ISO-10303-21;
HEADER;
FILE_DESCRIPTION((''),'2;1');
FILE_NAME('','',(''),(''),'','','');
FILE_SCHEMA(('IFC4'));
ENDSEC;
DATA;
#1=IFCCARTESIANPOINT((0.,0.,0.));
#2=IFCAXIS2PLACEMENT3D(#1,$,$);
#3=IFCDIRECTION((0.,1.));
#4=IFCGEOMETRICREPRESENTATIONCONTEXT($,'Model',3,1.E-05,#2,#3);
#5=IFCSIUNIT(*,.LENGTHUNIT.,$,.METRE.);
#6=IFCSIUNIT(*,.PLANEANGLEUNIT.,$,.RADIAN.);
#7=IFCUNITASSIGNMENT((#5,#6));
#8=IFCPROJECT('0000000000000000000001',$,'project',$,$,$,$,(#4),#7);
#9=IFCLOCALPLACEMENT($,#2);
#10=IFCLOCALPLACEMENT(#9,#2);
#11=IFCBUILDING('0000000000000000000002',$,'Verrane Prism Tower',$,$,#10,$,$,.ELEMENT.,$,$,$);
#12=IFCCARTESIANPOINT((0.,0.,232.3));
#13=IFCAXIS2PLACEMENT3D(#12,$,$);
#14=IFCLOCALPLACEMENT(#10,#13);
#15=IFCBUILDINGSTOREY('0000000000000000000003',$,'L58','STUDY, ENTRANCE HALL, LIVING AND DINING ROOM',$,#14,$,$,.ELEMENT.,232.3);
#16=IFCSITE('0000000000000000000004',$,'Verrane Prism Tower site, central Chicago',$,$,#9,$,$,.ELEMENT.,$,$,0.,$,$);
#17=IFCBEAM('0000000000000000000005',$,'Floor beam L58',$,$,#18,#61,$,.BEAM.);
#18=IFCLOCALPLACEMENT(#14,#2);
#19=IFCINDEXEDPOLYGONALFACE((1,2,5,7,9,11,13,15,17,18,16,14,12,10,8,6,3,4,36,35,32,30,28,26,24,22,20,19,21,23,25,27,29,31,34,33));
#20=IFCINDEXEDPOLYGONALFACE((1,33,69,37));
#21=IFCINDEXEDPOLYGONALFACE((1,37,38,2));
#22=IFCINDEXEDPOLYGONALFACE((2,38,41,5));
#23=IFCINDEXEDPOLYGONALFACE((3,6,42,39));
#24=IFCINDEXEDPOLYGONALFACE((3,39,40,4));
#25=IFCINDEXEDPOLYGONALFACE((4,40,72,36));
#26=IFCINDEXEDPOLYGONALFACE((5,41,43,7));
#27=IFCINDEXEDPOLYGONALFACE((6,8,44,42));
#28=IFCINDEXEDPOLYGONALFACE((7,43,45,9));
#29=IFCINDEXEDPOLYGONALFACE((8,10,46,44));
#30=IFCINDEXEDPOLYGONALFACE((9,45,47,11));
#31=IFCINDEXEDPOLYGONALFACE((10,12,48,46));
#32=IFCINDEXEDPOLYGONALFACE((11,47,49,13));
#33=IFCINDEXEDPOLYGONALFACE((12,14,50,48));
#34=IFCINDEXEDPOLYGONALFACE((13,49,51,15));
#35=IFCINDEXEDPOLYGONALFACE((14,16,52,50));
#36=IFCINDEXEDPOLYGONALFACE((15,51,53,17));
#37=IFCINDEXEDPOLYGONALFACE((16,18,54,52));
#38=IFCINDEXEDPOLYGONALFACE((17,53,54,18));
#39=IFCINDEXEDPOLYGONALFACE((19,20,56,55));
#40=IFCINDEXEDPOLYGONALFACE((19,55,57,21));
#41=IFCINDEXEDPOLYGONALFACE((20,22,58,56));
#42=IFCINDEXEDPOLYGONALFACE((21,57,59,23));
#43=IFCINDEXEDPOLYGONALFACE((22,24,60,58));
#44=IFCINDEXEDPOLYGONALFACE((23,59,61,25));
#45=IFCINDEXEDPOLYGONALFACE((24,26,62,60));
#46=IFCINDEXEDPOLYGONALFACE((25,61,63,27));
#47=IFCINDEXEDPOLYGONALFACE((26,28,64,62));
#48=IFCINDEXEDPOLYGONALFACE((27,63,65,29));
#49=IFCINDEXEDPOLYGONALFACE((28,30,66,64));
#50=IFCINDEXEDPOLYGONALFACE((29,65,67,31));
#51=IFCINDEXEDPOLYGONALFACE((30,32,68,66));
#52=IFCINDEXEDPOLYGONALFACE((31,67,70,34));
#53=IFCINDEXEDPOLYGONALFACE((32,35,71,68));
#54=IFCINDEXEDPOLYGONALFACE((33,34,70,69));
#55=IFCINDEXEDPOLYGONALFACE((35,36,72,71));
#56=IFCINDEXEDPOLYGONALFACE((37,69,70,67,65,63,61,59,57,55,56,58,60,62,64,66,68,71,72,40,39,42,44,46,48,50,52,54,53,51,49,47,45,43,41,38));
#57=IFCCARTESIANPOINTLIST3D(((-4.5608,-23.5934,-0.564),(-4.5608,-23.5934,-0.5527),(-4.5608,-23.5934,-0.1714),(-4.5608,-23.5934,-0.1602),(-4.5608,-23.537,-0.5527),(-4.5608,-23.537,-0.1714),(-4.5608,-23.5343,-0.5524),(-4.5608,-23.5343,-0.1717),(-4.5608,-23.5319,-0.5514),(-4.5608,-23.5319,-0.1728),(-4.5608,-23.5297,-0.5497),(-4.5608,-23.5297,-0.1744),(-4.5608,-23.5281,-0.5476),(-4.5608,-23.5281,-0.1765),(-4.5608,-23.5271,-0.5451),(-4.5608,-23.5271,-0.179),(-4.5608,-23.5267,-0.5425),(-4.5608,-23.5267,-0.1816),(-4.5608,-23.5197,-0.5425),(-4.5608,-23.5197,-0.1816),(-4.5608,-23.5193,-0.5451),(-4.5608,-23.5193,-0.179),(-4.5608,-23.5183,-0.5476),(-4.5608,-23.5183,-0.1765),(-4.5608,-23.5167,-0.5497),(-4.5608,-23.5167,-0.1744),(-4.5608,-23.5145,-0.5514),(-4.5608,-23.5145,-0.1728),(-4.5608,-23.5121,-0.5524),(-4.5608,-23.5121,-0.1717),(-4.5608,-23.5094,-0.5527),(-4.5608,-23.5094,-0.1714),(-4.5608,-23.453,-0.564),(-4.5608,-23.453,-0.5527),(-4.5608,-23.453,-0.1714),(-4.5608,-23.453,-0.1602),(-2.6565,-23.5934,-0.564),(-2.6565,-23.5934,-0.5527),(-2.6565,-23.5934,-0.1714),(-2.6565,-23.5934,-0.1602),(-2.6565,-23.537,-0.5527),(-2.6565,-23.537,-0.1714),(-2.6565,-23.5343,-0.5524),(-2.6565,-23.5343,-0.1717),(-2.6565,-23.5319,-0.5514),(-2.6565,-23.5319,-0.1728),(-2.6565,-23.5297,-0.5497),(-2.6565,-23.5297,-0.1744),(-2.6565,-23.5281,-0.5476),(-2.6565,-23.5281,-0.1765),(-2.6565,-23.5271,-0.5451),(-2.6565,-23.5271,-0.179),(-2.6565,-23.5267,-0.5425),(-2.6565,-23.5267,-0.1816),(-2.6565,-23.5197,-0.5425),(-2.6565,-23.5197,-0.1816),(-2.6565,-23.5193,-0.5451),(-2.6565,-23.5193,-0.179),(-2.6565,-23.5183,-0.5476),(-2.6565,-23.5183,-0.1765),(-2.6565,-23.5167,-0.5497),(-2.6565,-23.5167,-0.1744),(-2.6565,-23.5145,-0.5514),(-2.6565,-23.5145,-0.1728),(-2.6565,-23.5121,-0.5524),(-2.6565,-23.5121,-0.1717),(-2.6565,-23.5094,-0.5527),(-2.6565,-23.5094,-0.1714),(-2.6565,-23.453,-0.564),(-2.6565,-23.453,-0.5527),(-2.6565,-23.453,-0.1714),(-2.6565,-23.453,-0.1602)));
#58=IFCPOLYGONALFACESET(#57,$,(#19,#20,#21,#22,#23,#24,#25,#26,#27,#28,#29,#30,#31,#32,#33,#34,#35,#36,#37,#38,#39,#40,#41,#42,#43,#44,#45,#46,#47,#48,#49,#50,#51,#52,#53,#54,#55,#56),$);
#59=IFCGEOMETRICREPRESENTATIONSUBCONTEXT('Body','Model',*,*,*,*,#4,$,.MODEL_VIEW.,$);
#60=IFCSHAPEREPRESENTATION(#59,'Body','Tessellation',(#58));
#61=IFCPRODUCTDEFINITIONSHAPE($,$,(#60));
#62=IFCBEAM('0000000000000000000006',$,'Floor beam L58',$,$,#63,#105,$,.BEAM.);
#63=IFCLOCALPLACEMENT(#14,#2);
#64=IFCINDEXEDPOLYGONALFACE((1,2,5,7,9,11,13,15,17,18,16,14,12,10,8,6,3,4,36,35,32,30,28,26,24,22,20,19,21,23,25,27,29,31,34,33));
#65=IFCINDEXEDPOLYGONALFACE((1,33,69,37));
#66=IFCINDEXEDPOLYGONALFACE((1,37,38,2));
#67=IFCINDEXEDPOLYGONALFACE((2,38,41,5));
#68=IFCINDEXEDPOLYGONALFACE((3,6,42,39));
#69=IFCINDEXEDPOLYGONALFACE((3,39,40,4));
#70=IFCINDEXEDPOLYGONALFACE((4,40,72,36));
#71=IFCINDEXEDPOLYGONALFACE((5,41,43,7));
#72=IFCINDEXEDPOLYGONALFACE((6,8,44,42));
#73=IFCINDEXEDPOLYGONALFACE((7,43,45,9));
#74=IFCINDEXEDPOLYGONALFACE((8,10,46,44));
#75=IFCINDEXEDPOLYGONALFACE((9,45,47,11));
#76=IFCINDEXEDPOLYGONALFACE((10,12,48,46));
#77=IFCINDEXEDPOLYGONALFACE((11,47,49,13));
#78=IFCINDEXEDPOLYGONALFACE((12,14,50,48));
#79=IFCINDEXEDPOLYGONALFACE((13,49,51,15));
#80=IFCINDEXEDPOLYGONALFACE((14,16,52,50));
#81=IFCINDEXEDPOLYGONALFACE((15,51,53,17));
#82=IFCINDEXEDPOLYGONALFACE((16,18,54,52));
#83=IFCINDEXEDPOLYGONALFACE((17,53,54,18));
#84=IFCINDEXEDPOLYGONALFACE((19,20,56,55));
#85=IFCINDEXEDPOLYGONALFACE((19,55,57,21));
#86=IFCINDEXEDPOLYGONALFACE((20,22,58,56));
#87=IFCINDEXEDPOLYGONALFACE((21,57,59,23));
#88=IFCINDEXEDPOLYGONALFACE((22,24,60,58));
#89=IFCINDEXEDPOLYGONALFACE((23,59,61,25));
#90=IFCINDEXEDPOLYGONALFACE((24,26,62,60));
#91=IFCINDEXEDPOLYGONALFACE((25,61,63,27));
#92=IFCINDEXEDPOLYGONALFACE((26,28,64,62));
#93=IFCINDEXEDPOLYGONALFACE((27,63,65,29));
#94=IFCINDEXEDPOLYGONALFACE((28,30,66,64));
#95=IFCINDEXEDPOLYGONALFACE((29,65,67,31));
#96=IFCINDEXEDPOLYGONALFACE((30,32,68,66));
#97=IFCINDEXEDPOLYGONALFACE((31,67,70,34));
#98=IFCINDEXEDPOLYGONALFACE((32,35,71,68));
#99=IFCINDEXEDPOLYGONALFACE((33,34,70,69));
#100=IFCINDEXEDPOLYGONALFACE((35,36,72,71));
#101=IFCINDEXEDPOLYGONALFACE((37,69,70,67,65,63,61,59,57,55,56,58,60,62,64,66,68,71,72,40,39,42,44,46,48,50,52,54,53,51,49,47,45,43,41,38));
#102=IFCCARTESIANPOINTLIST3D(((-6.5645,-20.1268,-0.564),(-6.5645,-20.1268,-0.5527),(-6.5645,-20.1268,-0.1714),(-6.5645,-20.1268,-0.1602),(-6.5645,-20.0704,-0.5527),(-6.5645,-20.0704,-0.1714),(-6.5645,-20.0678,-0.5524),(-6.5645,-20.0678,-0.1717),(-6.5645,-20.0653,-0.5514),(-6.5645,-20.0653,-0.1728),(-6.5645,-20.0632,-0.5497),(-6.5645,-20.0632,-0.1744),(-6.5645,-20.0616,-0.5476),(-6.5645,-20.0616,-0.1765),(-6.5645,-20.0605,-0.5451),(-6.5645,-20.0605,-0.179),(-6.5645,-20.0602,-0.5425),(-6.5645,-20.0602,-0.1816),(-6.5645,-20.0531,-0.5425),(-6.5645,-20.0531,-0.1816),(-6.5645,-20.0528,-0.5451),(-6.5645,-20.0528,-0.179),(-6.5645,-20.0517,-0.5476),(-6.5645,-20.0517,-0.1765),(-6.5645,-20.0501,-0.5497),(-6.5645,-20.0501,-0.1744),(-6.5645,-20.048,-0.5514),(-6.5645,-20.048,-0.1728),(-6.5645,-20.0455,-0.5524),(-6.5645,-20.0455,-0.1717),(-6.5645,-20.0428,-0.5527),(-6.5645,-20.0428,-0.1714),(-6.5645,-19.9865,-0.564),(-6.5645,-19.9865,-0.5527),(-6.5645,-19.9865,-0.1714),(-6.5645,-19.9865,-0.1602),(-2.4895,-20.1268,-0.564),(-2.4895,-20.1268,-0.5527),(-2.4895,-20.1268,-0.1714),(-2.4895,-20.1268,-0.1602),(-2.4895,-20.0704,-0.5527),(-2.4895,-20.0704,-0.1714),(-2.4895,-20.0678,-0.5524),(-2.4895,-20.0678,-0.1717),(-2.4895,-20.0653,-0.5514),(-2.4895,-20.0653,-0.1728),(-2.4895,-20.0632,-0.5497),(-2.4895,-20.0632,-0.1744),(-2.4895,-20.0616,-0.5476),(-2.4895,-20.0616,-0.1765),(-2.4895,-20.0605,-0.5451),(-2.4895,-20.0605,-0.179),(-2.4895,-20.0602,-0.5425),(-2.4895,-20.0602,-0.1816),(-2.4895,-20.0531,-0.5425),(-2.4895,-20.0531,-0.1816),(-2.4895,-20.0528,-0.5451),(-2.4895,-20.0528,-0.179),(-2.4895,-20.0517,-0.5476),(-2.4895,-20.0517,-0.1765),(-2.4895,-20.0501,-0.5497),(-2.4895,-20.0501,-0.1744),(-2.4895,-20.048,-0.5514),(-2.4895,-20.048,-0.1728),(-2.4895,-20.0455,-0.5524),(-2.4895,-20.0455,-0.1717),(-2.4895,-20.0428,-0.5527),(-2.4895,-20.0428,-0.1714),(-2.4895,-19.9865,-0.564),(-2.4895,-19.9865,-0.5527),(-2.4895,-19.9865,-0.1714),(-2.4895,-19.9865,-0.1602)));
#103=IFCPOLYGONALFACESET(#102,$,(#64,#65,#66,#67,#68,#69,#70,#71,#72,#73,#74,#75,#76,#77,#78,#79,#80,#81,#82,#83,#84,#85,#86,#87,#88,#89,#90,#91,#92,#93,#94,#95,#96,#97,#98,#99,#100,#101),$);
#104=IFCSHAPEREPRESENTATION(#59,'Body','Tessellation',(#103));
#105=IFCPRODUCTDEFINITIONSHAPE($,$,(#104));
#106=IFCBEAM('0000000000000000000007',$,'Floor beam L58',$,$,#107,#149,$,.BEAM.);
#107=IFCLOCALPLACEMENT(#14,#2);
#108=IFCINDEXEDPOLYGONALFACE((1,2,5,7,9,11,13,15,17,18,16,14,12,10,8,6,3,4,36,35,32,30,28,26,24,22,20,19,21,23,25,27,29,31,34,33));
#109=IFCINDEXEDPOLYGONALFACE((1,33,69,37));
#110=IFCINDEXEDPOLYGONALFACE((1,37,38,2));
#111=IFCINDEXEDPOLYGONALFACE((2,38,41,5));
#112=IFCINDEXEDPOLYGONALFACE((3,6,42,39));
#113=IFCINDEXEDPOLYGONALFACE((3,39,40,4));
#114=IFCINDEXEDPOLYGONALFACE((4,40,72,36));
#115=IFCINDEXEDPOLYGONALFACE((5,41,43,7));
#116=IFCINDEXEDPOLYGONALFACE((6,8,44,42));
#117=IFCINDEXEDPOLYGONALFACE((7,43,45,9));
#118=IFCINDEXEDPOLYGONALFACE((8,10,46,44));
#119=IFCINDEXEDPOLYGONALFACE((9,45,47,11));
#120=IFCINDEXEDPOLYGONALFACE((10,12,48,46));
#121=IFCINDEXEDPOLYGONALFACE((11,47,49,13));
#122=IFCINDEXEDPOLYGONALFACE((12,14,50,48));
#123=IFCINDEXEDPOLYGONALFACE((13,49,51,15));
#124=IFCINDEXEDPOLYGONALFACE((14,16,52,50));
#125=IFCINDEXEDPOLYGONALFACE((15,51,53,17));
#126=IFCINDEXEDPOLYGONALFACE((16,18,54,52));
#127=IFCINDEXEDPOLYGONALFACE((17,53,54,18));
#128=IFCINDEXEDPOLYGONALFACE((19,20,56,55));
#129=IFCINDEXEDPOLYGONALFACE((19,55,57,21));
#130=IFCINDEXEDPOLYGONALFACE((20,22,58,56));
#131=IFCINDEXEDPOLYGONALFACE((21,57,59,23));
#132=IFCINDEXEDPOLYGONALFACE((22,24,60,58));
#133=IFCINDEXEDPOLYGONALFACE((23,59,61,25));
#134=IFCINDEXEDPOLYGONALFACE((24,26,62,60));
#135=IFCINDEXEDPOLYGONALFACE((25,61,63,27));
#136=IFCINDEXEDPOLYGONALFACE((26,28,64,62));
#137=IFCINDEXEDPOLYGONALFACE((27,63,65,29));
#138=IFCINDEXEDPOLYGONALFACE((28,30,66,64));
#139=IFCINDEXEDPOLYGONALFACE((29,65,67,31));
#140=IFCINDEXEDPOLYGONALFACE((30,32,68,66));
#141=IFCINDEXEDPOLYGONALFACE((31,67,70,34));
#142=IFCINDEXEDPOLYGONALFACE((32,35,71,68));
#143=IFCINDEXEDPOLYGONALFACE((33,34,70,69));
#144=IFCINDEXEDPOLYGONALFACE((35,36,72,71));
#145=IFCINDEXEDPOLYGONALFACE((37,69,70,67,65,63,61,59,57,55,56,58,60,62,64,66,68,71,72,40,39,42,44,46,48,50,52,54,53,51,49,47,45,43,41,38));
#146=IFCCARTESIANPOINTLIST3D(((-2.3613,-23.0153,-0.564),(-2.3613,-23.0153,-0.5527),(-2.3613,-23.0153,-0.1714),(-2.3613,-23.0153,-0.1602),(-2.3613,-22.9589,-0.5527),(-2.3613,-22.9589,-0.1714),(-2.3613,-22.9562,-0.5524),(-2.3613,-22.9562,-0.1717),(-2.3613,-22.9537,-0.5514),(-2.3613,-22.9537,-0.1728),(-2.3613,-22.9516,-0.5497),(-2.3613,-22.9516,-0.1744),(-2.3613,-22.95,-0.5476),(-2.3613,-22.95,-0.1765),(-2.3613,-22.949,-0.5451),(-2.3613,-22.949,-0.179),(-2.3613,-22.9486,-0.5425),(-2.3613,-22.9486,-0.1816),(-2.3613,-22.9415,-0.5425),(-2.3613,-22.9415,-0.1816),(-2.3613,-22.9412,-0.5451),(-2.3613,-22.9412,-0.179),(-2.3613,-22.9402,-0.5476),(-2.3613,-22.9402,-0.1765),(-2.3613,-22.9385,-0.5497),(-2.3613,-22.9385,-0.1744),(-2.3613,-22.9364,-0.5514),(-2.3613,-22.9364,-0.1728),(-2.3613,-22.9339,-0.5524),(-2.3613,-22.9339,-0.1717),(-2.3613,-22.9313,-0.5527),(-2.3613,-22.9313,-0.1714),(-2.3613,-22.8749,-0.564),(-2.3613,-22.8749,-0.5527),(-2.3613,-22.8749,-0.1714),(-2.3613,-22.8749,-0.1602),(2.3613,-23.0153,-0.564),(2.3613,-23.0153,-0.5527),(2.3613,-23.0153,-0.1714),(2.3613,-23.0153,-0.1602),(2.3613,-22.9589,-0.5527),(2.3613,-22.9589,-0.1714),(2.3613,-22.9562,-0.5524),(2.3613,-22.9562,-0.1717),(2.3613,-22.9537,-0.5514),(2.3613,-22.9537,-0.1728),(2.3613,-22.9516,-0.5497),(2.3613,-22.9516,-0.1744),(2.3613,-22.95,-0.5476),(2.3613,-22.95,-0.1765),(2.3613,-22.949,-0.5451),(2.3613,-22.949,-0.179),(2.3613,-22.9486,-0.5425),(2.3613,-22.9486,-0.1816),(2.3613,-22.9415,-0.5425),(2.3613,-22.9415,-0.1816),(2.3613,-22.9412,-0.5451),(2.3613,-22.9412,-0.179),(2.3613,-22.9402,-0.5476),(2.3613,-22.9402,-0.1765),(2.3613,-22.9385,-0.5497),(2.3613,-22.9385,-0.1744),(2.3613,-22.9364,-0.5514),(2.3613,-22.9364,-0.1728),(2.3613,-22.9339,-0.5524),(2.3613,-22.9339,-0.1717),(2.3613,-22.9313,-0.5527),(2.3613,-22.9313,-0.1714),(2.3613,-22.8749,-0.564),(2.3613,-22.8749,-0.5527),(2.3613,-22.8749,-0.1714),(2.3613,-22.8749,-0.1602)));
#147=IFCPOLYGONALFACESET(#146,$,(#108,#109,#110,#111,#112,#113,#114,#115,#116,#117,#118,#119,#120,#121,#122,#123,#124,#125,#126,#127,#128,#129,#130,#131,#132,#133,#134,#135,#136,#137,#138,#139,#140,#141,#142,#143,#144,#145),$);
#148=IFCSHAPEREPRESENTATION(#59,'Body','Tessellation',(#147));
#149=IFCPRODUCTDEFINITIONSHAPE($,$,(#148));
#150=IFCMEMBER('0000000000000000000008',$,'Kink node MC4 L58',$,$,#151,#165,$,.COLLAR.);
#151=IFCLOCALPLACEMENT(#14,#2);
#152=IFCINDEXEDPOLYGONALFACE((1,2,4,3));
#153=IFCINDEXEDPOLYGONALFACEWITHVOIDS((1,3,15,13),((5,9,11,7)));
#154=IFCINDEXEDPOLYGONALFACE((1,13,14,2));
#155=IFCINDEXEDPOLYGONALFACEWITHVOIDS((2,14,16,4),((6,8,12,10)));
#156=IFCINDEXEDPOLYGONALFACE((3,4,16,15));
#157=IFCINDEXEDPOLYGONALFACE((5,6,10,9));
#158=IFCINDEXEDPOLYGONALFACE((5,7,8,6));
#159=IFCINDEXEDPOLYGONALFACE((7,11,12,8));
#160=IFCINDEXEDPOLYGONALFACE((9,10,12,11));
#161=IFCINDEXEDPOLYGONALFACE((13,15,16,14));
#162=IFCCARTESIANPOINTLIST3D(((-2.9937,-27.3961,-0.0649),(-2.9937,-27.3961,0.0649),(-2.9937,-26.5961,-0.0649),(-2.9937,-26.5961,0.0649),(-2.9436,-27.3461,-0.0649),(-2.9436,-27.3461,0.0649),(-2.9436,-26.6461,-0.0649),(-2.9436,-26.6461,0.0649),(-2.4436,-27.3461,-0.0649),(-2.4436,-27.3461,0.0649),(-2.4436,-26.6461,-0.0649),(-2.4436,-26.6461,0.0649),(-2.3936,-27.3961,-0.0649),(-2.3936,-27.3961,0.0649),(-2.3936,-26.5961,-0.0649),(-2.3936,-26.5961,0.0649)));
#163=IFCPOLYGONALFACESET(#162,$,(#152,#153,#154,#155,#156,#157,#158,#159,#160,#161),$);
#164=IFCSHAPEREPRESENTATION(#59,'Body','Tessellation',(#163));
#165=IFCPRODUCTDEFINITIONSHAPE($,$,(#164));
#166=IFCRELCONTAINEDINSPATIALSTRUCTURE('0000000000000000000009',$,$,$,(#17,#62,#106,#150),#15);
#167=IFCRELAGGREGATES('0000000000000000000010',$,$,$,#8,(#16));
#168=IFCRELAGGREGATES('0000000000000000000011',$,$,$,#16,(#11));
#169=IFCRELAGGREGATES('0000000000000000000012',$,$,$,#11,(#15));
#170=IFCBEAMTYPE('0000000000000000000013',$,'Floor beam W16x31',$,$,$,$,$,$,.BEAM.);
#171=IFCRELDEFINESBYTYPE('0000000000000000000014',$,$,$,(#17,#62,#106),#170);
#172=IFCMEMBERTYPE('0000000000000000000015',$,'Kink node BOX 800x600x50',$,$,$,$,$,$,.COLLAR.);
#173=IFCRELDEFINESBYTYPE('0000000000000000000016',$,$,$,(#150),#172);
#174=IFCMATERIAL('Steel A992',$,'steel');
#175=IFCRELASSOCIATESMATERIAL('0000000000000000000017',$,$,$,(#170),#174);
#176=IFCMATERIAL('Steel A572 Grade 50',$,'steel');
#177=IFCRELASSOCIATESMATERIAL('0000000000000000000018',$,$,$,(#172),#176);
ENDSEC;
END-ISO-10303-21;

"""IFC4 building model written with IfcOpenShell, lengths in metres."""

from ifc_helpers import new_model, si_unit, direction, frame, origin, origin_2d, place, context, subcontext, project, spatial, hollow_rectangle, i_section, extrude, material, material_profile, profile_set, type_object, element, save


model = new_model("IFC4")

# Units and contexts
model_context = context("Model", 3, precision=1e-05, world=origin(), true_north=direction((0.0, 1.0)))
body_context = subcontext(model_context, "Body", "Model", "MODEL_VIEW")
ifc_project = project(units=[si_unit("LENGTHUNIT", "METRE"), si_unit("PLANEANGLEUNIT", "RADIAN")], contexts=[model_context])

# Site, building, storey
site_placement = place(None, origin())
site = spatial("IfcSite", under=ifc_project, at=site_placement, Name="Verrane Prism Tower site, central Chicago", CompositionType="ELEMENT", RefElevation=0.0)
building_placement = place(site_placement, origin())
building = spatial("IfcBuilding", under=site, at=building_placement, Name="Verrane Prism Tower", CompositionType="ELEMENT")
storey_placement = place(building_placement, frame((0.0, 0.0, 232.3)))
storey = spatial("IfcBuildingStorey", under=building, at=storey_placement, Name="L58", Description="STUDY, ENTRANCE HALL, LIVING AND DINING ROOM", CompositionType="ELEMENT", Elevation=232.3)

# Beams
ifc_material_1 = material(Name="Steel A992", Category="steel")
ifc_material_profile_1 = material_profile(ifc_material_1, i_section(OverallWidth=0.1404, OverallDepth=0.4038, WebThickness=0.0071, FlangeThickness=0.0112, FilletRadius=0.0103, at=origin_2d()), Name="W16x31")
ifc_profile_set_1 = profile_set([ifc_material_profile_1], Name="Steel A992")
beam_type_1 = type_object("IfcBeamType", Name="Floor beam W16x31", PredefinedType="BEAM", material=ifc_profile_set_1)
beam_1_placement = place(storey_placement, frame((-4.5608, -23.5232, -0.3621), z_axis=(1.0, 0.0, 0.0), x_axis=(0.0, 1.0, 0.0)))
element("IfcBeam", 1, at=beam_1_placement, inside=storey, type_object=beam_type_1, Name="Floor beam L58", PredefinedType="BEAM", context=body_context, shape_type="SweptSolid", body=[
    extrude(i_section(OverallWidth=0.1404, OverallDepth=0.4038, WebThickness=0.0071, FlangeThickness=0.0112, FilletRadius=0.0103, at=origin_2d()), origin(), (0.0, 0.0, 1.0), 1.9043),
])
beam_2_placement = place(storey_placement, frame((-6.5645, -20.0566, -0.3621), z_axis=(1.0, 0.0, 0.0), x_axis=(0.0, 1.0, 0.0)))
element("IfcBeam", 2, at=beam_2_placement, inside=storey, type_object=beam_type_1, Name="Floor beam L58", PredefinedType="BEAM", context=body_context, shape_type="SweptSolid", body=[
    extrude(i_section(OverallWidth=0.1404, OverallDepth=0.4038, WebThickness=0.0071, FlangeThickness=0.0112, FilletRadius=0.0103, at=origin_2d()), origin(), (0.0, 0.0, 1.0), 4.075),
])
beam_3_placement = place(storey_placement, frame((-2.3613, -22.9451, -0.3621), z_axis=(1.0, 0.0, 0.0), x_axis=(0.0, 1.0, 0.0)))
element("IfcBeam", 3, at=beam_3_placement, inside=storey, type_object=beam_type_1, Name="Floor beam L58", PredefinedType="BEAM", context=body_context, shape_type="SweptSolid", body=[
    extrude(i_section(OverallWidth=0.1404, OverallDepth=0.4038, WebThickness=0.0071, FlangeThickness=0.0112, FilletRadius=0.0103, at=origin_2d()), origin(), (0.0, 0.0, 1.0), 4.7227),
])

# Member
ifc_material_2 = material(Name="Steel A572 Grade 50", Category="steel")
ifc_material_profile_2 = material_profile(ifc_material_2, hollow_rectangle(XDim=0.6001, YDim=0.8, WallThickness=0.05, at=origin_2d()), Name="BOX 800x600x50")
ifc_profile_set_2 = profile_set([ifc_material_profile_2], Name="Steel A572 Grade 50")
member_type_1 = type_object("IfcMemberType", Name="Kink node BOX 800x600x50", PredefinedType="COLLAR", material=ifc_profile_set_2)
member_1_placement = place(storey_placement, frame((-2.6936, -26.9961, -0.0649), z_axis=(0.0, 0.0, 1.0), x_axis=(-1.0, 0.0, 0.0)))
element("IfcMember", 4, at=member_1_placement, inside=storey, type_object=member_type_1, Name="Kink node MC4 L58", PredefinedType="COLLAR", context=body_context, shape_type="SweptSolid", body=[
    extrude(hollow_rectangle(XDim=0.6001, YDim=0.8, WallThickness=0.05, at=origin_2d()), origin(), (0.0, 0.0, 1.0), 0.1299),
])

save(model, "model.ifc")
